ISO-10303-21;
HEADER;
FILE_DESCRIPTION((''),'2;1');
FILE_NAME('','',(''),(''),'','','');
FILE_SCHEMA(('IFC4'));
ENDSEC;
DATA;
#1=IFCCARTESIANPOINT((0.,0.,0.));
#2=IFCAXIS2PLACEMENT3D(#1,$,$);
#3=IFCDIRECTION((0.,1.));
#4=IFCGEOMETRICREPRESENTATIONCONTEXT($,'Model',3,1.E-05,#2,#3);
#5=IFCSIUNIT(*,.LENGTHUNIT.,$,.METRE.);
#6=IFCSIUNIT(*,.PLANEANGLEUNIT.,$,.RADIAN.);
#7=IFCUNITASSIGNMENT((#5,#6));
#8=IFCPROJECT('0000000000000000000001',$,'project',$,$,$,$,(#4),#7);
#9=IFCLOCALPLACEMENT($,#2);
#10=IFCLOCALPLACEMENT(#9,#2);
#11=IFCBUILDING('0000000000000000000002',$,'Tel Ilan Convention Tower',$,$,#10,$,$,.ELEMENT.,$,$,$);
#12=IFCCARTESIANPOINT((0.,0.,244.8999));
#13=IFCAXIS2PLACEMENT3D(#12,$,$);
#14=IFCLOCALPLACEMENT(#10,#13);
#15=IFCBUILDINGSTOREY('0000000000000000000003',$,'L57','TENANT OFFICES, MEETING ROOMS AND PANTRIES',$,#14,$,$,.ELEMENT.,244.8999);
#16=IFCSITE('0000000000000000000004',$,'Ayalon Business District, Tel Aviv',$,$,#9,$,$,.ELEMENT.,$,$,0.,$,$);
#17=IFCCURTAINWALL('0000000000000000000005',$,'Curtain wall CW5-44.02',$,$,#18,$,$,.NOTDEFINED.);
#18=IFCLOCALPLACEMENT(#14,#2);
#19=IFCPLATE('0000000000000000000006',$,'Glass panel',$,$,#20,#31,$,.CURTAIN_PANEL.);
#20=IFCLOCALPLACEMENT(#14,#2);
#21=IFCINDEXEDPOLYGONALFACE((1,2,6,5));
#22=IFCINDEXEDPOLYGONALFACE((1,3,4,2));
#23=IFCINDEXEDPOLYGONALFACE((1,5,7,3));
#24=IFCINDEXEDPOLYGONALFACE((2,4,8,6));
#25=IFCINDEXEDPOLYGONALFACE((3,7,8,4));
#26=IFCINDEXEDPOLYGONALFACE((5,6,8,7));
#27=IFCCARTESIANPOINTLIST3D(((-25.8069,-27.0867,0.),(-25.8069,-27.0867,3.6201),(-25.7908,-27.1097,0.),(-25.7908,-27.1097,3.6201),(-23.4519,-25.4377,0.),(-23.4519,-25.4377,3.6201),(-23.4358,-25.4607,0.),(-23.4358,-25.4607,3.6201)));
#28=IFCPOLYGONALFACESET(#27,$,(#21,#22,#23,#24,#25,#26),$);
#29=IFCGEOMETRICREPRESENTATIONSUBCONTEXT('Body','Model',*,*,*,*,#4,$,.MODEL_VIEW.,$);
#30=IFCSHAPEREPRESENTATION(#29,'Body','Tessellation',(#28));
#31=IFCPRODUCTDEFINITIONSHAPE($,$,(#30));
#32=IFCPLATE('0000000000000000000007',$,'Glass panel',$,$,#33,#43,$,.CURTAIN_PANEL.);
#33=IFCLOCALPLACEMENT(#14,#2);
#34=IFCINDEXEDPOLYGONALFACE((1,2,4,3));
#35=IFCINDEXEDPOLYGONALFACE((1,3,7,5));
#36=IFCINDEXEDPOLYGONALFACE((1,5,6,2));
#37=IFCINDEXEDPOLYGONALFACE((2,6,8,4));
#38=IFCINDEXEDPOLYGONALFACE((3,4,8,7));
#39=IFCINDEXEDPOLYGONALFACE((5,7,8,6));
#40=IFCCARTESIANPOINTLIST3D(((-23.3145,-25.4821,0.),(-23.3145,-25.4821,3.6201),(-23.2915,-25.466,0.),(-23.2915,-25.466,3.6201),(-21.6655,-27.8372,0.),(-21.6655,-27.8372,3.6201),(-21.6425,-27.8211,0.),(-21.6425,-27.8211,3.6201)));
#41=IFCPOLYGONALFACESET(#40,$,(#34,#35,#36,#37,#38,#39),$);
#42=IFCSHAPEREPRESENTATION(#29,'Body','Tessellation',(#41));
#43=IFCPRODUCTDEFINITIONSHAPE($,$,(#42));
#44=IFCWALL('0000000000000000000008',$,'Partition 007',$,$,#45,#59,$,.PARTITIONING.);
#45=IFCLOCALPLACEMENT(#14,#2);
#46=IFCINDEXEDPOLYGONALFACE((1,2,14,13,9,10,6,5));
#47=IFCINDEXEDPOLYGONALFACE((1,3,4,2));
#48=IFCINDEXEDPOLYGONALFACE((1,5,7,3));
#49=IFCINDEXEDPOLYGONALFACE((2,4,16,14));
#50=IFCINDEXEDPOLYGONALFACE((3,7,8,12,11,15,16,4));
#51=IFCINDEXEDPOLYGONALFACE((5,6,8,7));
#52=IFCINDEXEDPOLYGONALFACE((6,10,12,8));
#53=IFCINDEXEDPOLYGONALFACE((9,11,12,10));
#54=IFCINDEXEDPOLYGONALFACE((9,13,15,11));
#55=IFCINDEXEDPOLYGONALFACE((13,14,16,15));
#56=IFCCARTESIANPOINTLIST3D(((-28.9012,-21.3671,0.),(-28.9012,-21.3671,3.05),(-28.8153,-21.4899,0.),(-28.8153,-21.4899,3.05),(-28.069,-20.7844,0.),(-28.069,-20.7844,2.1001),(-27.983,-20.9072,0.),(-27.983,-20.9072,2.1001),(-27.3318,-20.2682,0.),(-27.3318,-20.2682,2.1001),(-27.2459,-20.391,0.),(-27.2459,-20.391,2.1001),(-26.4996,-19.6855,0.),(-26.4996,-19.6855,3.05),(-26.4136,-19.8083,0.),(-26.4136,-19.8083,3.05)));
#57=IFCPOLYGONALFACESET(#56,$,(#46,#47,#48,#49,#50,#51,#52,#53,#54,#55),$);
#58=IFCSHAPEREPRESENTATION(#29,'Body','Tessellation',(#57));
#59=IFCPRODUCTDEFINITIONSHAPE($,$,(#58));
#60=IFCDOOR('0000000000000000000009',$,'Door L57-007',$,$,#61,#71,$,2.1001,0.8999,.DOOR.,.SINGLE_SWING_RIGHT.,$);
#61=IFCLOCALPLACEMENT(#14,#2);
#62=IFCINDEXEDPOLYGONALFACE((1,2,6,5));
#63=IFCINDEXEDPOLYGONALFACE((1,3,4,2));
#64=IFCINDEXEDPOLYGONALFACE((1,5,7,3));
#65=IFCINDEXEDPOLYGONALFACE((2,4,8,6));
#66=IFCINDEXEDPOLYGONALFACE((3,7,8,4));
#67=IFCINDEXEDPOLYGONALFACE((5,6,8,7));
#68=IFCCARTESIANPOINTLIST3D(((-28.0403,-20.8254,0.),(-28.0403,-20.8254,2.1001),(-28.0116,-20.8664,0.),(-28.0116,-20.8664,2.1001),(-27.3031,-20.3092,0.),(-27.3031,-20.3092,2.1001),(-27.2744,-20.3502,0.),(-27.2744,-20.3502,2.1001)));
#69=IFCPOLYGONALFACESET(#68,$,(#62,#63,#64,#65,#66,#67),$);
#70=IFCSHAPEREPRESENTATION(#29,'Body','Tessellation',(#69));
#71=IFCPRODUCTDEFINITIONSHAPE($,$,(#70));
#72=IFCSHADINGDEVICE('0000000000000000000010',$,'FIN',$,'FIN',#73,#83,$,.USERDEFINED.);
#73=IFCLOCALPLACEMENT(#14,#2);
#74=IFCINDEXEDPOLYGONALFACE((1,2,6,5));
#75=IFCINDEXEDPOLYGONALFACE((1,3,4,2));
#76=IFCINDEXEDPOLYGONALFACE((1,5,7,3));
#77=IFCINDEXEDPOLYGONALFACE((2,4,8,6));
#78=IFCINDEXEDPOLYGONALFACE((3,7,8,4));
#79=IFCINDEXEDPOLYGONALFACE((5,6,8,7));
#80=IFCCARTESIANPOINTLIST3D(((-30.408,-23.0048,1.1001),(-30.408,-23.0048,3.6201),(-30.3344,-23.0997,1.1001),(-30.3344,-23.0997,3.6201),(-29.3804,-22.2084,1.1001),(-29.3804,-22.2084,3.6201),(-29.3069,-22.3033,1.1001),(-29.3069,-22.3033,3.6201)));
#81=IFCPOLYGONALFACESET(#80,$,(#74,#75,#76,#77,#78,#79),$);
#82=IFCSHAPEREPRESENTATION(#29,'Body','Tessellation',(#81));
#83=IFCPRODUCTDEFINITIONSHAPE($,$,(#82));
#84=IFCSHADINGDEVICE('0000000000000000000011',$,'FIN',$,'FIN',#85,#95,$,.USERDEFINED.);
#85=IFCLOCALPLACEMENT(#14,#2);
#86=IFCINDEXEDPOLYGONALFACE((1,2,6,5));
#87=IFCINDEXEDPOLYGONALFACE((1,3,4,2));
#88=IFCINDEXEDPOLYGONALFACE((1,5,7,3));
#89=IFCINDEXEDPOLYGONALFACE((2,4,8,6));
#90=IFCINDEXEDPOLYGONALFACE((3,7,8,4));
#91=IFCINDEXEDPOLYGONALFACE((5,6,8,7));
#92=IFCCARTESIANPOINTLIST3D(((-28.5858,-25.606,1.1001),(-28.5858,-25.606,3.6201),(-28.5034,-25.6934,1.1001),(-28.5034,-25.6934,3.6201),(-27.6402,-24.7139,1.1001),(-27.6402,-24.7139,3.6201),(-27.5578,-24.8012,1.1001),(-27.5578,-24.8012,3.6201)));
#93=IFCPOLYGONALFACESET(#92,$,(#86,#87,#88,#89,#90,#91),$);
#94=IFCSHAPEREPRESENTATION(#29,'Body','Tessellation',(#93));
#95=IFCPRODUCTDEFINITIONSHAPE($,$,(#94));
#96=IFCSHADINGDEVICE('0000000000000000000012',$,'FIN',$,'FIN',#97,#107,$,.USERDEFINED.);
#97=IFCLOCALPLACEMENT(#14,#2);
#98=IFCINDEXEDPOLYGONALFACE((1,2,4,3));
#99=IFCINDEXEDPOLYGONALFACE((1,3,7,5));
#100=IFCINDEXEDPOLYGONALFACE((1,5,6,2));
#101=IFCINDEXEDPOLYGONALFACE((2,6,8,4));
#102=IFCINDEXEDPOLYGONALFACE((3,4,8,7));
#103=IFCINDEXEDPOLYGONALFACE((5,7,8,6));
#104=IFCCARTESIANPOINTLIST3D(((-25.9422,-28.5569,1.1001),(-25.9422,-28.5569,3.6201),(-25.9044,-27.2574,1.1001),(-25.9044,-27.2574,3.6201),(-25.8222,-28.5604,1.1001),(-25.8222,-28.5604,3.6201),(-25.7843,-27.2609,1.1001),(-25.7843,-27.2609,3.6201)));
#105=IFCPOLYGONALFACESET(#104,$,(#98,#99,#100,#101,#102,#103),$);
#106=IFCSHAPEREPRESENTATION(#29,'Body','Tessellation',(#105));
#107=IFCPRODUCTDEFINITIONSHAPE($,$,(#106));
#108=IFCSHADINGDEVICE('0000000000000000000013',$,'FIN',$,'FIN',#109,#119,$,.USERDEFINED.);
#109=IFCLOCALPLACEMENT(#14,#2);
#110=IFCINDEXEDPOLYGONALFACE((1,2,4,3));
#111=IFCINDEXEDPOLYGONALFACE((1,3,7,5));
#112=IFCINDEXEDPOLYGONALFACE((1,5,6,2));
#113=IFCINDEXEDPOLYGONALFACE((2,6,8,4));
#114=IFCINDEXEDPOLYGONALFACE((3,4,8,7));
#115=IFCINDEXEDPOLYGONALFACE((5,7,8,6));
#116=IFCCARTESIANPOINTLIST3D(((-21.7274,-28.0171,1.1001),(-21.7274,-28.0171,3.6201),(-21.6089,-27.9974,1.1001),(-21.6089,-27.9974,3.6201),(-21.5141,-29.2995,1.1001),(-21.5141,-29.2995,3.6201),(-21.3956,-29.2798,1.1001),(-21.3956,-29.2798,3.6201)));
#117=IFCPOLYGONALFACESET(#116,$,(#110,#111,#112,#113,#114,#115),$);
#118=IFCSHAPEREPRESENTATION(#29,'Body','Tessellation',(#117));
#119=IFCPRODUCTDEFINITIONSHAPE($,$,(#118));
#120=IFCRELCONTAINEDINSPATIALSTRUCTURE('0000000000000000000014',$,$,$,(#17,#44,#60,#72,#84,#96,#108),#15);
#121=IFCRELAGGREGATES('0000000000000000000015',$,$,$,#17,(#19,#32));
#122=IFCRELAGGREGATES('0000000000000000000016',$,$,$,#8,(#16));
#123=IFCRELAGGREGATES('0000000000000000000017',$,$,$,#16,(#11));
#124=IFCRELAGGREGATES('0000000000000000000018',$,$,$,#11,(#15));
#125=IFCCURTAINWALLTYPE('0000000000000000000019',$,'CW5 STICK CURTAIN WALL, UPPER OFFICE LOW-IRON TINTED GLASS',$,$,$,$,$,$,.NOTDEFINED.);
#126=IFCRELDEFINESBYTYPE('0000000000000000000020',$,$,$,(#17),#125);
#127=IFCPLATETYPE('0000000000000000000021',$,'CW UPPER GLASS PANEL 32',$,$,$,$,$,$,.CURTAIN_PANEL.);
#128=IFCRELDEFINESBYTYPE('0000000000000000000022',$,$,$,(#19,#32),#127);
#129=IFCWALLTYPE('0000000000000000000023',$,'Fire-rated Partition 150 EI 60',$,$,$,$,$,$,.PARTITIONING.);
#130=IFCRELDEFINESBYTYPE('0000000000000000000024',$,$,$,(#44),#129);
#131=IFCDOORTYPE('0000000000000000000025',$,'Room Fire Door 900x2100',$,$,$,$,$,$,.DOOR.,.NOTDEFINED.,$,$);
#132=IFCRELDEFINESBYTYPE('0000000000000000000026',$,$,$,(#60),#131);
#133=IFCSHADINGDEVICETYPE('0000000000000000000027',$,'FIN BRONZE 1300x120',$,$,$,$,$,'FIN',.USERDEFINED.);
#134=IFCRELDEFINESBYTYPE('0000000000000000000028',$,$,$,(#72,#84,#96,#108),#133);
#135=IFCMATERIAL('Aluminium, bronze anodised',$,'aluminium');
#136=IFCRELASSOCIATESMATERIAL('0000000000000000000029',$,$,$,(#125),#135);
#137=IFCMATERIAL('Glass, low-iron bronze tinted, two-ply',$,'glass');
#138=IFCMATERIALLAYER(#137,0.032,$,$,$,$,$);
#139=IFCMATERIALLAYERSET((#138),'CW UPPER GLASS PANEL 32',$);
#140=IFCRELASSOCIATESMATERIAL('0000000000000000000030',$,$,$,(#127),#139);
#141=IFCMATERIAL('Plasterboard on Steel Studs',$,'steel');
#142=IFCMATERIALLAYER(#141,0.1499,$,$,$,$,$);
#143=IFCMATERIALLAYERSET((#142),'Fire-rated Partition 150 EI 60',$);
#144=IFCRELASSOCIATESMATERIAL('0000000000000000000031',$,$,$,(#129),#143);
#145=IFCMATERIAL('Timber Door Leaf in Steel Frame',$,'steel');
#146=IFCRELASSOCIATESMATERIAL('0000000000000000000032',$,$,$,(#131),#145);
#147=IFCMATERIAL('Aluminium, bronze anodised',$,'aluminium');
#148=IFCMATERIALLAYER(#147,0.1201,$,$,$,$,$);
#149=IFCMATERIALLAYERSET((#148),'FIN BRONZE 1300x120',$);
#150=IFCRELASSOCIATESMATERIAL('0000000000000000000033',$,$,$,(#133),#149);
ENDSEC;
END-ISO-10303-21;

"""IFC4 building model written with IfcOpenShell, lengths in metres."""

from ifc_helpers import new_model, si_unit, direction, frame, frame_2d, origin, origin_2d, place, context, subcontext, project, spatial, rectangle, extrude, material, layer, layer_set, type_object, element, fill, aggregate, save


model = new_model("IFC4")

# Units and contexts
model_context = context("Model", 3, precision=1e-05, world=origin(), true_north=direction((0.0, 1.0)))
body_context = subcontext(model_context, "Body", "Model", "MODEL_VIEW")
ifc_project = project(units=[si_unit("LENGTHUNIT", "METRE"), si_unit("PLANEANGLEUNIT", "RADIAN")], contexts=[model_context])

# Site, building, storey
site_placement = place(None, origin())
site = spatial("IfcSite", under=ifc_project, at=site_placement, Name="Ayalon Business District, Tel Aviv", CompositionType="ELEMENT", RefElevation=0.0)
building_placement = place(site_placement, origin())
building = spatial("IfcBuilding", under=site, at=building_placement, Name="Tel Ilan Convention Tower", CompositionType="ELEMENT")
storey_placement = place(building_placement, frame((0.0, 0.0, 244.8999)))
storey = spatial("IfcBuildingStorey", under=building, at=storey_placement, Name="L57", Description="TENANT OFFICES, MEETING ROOMS AND PANTRIES", CompositionType="ELEMENT", Elevation=244.8999)

# Curtain wall, plates
ifc_material_1 = material(Name="Aluminium, bronze anodised", Category="aluminium")
curtain_wall_type = type_object("IfcCurtainWallType", Name="CW5 STICK CURTAIN WALL, UPPER OFFICE LOW-IRON TINTED GLASS", PredefinedType="NOTDEFINED", material=ifc_material_1)
curtain_wall_placement = place(storey_placement, origin())
curtain_wall = element("IfcCurtainWall", 1, at=curtain_wall_placement, inside=storey, type_object=curtain_wall_type, Name="Curtain wall CW5-44.02", PredefinedType="NOTDEFINED")
ifc_material_2 = material(Name="Glass, low-iron bronze tinted, two-ply", Category="glass")
ifc_layer_1 = layer(ifc_material_2, 0.032)
ifc_layer_set_1 = layer_set([ifc_layer_1], Name="CW UPPER GLASS PANEL 32")
plate_type = type_object("IfcPlateType", Name="CW UPPER GLASS PANEL 32", PredefinedType="CURTAIN_PANEL", material=ifc_layer_set_1)
plate_1_placement = place(storey_placement, frame((-24.6213, -26.2737, 0.0), z_axis=(0.0, 0.0, 1.0), x_axis=(0.819152, 0.573576, 0.0)))
plate_1 = element("IfcPlate", 2, at=plate_1_placement, type_object=plate_type, Name="Glass panel", PredefinedType="CURTAIN_PANEL", context=body_context, shape_type="SweptSolid", body=[
    extrude(rectangle(XDim=2.875, YDim=0.0281, at=origin_2d()), origin(), (0.0, 0.0, 1.0), 3.6201),
])
plate_2_placement = place(storey_placement, frame((-22.4785, -26.6516, 0.0), z_axis=(0.0, 0.0, 1.0), x_axis=(0.573576, -0.819152, 0.0)))
plate_2 = element("IfcPlate", 3, at=plate_2_placement, type_object=plate_type, Name="Glass panel", PredefinedType="CURTAIN_PANEL", context=body_context, shape_type="SweptSolid", body=[
    extrude(rectangle(XDim=2.875, YDim=0.0281, at=origin_2d()), origin(), (0.0, 0.0, 1.0), 3.6201),
])
aggregate(curtain_wall, [plate_1, plate_2])

# Wall, opening, door
ifc_material_3 = material(Name="Plasterboard on Steel Studs", Category="steel")
ifc_layer_2 = layer(ifc_material_3, 0.1499)
ifc_layer_set_2 = layer_set([ifc_layer_2], Name="Fire-rated Partition 150 EI 60")
wall_type = type_object("IfcWallType", Name="Fire-rated Partition 150 EI 60", PredefinedType="PARTITIONING", material=ifc_layer_set_2)
wall_placement = place(storey_placement, frame((-28.8582, -21.4285, 0.0), z_axis=(0.0, 0.0, 1.0), x_axis=(0.81915, 0.57358, 0.0)))
wall = element("IfcWall", 4, at=wall_placement, inside=storey, type_object=wall_type, Name="Partition 007", PredefinedType="PARTITIONING", context=body_context, shape_type="SweptSolid", body=[
    extrude(rectangle(XDim=2.9319, YDim=0.1499, at=frame_2d((1.4658, 0.0))), origin(), (0.0, 0.0, 1.0), 3.05),
])
opening_placement = place(wall_placement, frame((1.0159, 0.0, 0.0)))
opening = element("IfcOpeningElement", 5, at=opening_placement, cuts=wall, PredefinedType="OPENING", context=body_context, shape_type="SweptSolid", body=[
    extrude(rectangle(XDim=0.8999, YDim=2.1001, at=frame_2d((0.45, 1.05))), frame((0.0, 0.085, 0.0), z_axis=(0.0, -1.0, 0.0), x_axis=(1.0, 0.0, 0.0)), (0.0, 0.0, 1.0), 0.1699),
])
ifc_material_4 = material(Name="Timber Door Leaf in Steel Frame", Category="steel")
door_type = type_object("IfcDoorType", Name="Room Fire Door 900x2100", OperationType="NOTDEFINED", PredefinedType="DOOR", material=ifc_material_4)
door_placement = place(opening_placement, origin())
door = element("IfcDoor", 6, at=door_placement, inside=storey, type_object=door_type, Name="Door L57-007", OperationType="SINGLE_SWING_RIGHT", OverallHeight=2.1001, OverallWidth=0.8999, PredefinedType="DOOR", context=body_context, shape_type="SweptSolid", body=[
    extrude(rectangle(XDim=0.8999, YDim=2.1001, at=frame_2d((0.45, 1.05))), frame((0.0, 0.0249, 0.0), z_axis=(0.0, -1.0, 0.0), x_axis=(1.0, 0.0, 0.0)), (0.0, 0.0, 1.0), 0.05),
])
fill(opening, door)

# Shading devices
ifc_material_5 = material(Name="Aluminium, bronze anodised", Category="aluminium")
ifc_layer_3 = layer(ifc_material_5, 0.1201)
ifc_layer_set_3 = layer_set([ifc_layer_3], Name="FIN BRONZE 1300x120")
shading_device_type = type_object("IfcShadingDeviceType", Name="FIN BRONZE 1300x120", ElementType="FIN", PredefinedType="USERDEFINED", material=ifc_layer_set_3)
for number, where, z_axis, x_axis, name in (
    (7, (-29.8574, -22.6541, 1.1001), (0.0, 0.0, 1.0), (-0.790393, -0.612601, 0.0), "FIN"),
    (8, (-28.0718, -25.2036, 1.1001), (0.0, 0.0, 1.0), (-0.727374, -0.686242, 0.0), "FIN"),
    (9, (-25.8633, -27.9089, 1.1001), (0.0, 0.0, 1.0), (-0.029085, -0.999577, 0.0), "FIN"),
    (10, (-21.5615, -28.6484, 1.1001), (0.0, 0.0, 1.0), (0.164091, -0.986445, 0.0), "FIN"),
):
    element("IfcShadingDevice", number, at=place(storey_placement, frame(where, z_axis=z_axis, x_axis=x_axis)), inside=storey, type_object=shading_device_type, Name=name, ObjectType="FIN", PredefinedType="USERDEFINED", context=body_context, shape_type="SweptSolid", body=[
        extrude(rectangle(XDim=1.3, YDim=0.1201, at=origin_2d()), origin(), (0.0, 0.0, 1.0), 2.52),
    ])

save(model, "model.ifc")
